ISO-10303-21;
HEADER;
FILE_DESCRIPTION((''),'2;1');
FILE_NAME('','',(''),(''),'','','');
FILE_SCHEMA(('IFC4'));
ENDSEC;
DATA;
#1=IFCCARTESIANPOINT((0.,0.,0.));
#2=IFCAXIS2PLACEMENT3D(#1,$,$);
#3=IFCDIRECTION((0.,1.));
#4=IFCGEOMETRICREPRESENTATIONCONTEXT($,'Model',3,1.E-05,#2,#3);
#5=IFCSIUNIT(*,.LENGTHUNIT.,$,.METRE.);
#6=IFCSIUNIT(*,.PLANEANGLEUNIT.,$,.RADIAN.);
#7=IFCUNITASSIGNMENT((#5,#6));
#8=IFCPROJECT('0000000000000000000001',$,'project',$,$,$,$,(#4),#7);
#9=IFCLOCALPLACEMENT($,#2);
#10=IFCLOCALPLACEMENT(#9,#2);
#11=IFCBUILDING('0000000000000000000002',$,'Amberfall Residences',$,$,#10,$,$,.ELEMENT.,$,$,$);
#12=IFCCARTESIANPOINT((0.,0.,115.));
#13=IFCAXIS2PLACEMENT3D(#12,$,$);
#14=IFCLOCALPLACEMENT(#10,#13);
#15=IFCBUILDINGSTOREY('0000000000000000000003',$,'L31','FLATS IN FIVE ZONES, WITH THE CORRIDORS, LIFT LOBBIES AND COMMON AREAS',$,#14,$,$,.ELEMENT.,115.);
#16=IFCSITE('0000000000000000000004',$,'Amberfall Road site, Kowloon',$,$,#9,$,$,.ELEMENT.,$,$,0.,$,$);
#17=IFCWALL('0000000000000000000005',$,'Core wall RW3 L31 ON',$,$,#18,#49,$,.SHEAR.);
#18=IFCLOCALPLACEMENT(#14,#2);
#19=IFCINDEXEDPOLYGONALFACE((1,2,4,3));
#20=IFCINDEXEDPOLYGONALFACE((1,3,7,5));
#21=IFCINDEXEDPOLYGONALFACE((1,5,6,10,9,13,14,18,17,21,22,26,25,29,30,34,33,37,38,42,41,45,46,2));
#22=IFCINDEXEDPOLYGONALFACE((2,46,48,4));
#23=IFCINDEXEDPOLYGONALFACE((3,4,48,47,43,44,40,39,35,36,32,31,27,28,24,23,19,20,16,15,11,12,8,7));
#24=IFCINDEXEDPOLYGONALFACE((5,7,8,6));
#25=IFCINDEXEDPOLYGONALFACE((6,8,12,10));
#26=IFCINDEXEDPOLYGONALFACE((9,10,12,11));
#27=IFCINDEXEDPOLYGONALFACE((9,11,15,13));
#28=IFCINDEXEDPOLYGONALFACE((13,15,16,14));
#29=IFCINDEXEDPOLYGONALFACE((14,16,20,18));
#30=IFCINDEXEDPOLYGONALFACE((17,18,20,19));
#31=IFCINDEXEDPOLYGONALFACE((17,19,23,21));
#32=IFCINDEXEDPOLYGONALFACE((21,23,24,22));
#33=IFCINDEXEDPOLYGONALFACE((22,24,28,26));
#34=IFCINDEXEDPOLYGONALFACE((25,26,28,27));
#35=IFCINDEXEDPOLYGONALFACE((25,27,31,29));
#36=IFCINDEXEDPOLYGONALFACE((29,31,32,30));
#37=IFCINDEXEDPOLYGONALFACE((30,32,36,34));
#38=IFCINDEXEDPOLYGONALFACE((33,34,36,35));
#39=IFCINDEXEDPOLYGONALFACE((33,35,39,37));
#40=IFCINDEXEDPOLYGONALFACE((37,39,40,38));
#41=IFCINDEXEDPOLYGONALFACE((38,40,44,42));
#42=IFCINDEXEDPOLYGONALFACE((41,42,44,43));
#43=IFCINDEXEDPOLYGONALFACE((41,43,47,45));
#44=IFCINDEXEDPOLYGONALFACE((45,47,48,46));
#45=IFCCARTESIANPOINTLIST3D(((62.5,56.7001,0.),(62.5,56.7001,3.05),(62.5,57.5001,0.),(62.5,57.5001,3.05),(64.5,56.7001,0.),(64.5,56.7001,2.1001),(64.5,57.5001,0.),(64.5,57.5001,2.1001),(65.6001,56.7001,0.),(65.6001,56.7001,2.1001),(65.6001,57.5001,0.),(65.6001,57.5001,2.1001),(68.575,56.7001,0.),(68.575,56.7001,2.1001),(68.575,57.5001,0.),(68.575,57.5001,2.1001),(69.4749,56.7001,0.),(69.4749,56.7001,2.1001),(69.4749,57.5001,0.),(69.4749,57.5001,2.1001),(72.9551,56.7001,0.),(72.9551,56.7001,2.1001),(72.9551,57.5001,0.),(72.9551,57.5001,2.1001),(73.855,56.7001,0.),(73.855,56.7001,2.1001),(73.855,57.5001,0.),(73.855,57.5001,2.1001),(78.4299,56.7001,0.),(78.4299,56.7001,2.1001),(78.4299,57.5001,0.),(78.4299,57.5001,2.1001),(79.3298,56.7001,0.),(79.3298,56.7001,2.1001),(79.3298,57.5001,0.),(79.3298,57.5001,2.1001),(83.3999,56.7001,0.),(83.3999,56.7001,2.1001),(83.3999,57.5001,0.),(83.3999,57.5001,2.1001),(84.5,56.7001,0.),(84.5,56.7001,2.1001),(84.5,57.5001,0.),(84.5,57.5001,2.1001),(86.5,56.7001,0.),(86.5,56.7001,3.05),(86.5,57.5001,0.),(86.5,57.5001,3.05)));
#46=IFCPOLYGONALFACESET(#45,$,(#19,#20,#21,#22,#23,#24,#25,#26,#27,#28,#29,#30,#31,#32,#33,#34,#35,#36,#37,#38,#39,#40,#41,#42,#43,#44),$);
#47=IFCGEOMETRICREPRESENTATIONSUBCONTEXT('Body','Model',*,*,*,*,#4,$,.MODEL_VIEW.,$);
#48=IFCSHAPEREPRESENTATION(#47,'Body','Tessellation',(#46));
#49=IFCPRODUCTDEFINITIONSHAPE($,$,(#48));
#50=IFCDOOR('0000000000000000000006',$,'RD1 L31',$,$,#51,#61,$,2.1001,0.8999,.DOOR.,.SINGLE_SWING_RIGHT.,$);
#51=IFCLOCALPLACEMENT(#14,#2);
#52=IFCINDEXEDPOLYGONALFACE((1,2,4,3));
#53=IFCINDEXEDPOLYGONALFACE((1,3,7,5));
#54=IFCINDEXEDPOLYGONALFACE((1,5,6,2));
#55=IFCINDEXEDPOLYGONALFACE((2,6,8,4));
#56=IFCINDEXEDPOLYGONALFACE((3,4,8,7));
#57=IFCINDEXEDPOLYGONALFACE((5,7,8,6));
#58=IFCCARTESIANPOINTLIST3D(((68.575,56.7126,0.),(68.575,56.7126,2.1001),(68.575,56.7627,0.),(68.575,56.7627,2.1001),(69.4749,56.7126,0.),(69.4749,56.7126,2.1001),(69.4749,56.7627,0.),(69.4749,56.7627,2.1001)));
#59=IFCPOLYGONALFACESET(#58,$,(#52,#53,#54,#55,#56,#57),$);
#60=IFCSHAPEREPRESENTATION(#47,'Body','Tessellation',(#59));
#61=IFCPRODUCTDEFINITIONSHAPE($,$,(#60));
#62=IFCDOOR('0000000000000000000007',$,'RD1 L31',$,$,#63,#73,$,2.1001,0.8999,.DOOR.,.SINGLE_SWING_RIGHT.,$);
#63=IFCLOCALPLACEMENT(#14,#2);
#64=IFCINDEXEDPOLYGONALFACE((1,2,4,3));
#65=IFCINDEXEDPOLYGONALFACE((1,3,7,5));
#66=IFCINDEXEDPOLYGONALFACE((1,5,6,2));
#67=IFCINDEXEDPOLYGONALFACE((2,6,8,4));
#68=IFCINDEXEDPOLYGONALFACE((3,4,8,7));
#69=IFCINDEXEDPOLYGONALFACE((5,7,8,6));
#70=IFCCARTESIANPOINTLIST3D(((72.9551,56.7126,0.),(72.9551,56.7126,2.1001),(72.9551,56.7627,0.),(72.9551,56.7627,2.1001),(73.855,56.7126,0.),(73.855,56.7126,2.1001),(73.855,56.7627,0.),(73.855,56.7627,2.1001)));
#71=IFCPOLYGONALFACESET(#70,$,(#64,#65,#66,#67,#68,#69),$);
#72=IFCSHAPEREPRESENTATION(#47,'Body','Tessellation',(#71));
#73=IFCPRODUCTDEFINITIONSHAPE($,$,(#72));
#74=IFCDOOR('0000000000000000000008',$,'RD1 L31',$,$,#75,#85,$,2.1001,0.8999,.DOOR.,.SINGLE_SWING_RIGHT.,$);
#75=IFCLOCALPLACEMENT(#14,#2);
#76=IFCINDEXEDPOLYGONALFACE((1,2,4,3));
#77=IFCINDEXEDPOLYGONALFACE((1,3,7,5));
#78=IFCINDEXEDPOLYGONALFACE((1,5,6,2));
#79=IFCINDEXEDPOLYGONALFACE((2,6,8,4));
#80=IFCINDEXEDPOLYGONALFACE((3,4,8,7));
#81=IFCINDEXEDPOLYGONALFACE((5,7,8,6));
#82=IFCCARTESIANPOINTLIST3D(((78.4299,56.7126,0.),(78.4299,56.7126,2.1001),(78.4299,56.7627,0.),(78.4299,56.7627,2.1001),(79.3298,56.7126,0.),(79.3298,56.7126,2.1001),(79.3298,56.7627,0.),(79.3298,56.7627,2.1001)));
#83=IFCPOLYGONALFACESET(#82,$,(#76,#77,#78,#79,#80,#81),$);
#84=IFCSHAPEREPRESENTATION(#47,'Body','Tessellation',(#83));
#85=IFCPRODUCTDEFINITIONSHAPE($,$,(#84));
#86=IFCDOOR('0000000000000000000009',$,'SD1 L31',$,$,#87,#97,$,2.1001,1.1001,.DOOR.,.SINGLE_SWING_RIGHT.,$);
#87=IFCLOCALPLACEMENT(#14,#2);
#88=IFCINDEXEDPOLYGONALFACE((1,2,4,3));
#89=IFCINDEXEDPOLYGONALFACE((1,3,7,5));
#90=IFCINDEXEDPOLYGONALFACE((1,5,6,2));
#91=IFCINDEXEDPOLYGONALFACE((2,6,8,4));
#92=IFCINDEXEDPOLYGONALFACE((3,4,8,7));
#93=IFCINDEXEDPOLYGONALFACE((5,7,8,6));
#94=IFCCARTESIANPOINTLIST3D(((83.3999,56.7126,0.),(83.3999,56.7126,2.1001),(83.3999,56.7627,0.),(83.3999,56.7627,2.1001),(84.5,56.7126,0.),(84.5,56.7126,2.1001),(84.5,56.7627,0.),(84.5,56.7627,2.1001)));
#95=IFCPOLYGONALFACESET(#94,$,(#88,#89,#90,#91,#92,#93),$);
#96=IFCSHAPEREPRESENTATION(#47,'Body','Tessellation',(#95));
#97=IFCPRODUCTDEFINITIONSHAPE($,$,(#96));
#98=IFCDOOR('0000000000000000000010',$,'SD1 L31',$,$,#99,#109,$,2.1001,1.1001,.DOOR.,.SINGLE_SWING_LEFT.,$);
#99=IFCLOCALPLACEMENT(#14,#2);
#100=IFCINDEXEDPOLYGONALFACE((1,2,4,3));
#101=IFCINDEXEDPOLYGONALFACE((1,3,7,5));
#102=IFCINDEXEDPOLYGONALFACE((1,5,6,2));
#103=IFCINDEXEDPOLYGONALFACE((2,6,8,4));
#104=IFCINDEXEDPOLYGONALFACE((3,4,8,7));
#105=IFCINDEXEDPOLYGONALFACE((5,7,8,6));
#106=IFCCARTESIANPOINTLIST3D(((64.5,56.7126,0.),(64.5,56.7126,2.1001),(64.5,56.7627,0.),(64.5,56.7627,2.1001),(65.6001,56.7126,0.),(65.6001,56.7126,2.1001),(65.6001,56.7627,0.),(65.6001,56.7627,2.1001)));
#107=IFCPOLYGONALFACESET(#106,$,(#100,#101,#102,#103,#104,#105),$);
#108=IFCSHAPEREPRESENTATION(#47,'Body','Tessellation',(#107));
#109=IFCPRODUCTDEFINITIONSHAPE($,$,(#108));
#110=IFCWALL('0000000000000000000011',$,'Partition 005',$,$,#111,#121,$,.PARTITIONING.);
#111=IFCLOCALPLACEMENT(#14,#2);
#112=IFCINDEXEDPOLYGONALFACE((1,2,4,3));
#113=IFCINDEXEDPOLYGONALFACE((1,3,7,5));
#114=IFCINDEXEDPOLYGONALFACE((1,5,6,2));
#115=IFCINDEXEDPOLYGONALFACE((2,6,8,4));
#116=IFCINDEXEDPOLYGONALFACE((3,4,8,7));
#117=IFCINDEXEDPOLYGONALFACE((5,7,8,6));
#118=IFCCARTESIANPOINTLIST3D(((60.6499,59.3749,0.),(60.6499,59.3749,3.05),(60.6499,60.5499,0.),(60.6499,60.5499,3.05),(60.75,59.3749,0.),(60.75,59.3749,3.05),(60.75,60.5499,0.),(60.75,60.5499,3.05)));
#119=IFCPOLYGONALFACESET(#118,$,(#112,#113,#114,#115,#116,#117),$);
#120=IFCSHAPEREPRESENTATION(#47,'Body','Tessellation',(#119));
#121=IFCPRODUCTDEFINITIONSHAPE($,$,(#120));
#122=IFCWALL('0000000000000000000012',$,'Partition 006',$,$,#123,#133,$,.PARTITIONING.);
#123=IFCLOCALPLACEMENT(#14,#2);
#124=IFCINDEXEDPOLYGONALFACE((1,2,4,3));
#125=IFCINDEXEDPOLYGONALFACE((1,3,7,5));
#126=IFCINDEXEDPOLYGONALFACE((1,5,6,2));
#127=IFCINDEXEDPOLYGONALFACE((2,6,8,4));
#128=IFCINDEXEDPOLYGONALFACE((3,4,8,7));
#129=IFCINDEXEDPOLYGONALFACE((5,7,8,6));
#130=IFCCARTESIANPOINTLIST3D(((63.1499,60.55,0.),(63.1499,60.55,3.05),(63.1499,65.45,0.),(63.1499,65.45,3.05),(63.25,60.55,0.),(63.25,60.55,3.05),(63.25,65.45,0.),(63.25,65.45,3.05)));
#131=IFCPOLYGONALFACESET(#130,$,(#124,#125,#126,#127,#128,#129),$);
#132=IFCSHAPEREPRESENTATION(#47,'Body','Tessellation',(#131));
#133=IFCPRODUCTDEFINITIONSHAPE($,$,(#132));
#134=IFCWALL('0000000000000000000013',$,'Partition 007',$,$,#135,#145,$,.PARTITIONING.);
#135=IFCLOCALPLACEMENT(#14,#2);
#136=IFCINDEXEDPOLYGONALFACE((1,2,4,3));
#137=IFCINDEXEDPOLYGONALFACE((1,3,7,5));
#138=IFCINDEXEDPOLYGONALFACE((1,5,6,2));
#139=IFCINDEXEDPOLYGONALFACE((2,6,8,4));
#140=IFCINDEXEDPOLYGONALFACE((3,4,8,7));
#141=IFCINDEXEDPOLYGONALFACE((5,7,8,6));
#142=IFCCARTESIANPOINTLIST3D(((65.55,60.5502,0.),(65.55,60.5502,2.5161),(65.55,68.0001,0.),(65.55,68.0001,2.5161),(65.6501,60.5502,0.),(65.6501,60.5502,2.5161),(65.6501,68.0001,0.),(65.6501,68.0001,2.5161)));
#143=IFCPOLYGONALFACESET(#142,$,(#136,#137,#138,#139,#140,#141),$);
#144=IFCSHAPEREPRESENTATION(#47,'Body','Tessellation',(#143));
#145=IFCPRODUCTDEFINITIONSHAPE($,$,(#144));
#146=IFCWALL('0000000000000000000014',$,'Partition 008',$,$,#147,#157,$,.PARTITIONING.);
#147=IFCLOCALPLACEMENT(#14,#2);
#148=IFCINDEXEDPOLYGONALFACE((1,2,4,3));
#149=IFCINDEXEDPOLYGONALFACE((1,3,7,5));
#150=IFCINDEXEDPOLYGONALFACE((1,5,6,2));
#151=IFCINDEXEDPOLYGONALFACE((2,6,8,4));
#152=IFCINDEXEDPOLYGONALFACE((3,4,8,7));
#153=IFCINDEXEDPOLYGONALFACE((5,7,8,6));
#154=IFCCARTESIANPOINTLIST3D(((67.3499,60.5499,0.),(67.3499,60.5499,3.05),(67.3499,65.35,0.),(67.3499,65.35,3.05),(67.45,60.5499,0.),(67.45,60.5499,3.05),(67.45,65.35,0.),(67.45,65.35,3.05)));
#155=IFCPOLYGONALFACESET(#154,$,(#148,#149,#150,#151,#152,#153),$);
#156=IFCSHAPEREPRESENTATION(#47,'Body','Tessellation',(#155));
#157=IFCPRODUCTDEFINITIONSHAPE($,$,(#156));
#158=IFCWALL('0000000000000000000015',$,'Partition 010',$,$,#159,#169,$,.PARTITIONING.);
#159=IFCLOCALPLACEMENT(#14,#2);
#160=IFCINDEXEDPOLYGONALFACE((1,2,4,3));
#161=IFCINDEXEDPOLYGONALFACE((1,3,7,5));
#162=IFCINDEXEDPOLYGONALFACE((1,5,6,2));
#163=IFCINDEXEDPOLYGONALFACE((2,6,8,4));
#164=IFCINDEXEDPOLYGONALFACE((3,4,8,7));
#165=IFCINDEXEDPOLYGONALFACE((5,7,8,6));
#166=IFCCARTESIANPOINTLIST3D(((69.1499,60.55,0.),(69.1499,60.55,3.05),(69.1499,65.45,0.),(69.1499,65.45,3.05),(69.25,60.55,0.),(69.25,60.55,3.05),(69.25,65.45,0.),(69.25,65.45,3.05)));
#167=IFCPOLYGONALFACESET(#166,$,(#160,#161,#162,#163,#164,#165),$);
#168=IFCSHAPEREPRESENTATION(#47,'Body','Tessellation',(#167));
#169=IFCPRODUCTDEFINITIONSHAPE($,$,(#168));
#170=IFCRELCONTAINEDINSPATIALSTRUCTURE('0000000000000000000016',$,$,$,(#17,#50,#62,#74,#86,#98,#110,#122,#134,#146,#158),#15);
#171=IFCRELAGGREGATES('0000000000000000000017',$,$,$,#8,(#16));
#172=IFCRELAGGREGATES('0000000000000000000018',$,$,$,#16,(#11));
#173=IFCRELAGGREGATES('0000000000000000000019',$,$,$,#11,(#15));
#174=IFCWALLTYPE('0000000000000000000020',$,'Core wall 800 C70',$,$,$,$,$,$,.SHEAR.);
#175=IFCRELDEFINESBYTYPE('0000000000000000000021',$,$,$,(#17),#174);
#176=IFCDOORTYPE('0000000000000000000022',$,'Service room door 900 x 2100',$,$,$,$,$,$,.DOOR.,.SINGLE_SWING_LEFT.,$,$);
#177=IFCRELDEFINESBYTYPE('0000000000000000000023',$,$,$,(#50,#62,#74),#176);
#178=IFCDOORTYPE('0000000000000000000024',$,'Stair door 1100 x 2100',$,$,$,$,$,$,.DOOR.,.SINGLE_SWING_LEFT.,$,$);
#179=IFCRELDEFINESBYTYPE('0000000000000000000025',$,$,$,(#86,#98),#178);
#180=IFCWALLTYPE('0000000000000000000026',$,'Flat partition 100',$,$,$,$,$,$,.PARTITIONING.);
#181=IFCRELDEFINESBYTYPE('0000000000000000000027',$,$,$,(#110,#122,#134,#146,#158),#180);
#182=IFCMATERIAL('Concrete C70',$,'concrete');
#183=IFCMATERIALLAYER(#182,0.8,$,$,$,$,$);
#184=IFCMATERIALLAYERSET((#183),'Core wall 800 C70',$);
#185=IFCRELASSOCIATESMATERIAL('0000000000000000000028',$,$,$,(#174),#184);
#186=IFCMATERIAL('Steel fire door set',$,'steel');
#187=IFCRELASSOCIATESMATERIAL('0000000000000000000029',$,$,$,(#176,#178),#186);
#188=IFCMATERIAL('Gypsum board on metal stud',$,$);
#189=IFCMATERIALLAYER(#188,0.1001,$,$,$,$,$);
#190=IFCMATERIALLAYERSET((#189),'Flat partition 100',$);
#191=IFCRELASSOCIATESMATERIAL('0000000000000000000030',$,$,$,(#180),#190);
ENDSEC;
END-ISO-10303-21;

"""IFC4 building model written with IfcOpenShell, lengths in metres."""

from ifc_helpers import new_model, si_unit, direction, frame, frame_2d, origin, place, context, subcontext, project, spatial, rectangle, extrude, material, layer, layer_set, type_object, element, fill, save


model = new_model("IFC4")

# Units and contexts
model_context = context("Model", 3, precision=1e-05, world=origin(), true_north=direction((0.0, 1.0)))
body_context = subcontext(model_context, "Body", "Model", "MODEL_VIEW")
ifc_project = project(units=[si_unit("LENGTHUNIT", "METRE"), si_unit("PLANEANGLEUNIT", "RADIAN")], contexts=[model_context])

# Site, building, storey
site_placement = place(None, origin())
site = spatial("IfcSite", under=ifc_project, at=site_placement, Name="Amberfall Road site, Kowloon", CompositionType="ELEMENT", RefElevation=0.0)
building_placement = place(site_placement, origin())
building = spatial("IfcBuilding", under=site, at=building_placement, Name="Amberfall Residences", CompositionType="ELEMENT")
storey_placement = place(building_placement, frame((0.0, 0.0, 115.0)))
storey = spatial("IfcBuildingStorey", under=building, at=storey_placement, Name="L31", Description="FLATS IN FIVE ZONES, WITH THE CORRIDORS, LIFT LOBBIES AND COMMON AREAS", CompositionType="ELEMENT", Elevation=115.0)

# Wall, openings, doors
ifc_material_1 = material(Name="Concrete C70", Category="concrete")
ifc_layer_1 = layer(ifc_material_1, 0.8)
ifc_layer_set_1 = layer_set([ifc_layer_1], Name="Core wall 800 C70")
wall_type_1 = type_object("IfcWallType", Name="Core wall 800 C70", PredefinedType="SHEAR", material=ifc_layer_set_1)
wall_1_placement = place(storey_placement, frame((62.5, 57.1001, 0.0), z_axis=(0.0, 0.0, 1.0), x_axis=(1.0, 0.0, 0.0)))
wall_1 = element("IfcWall", 1, at=wall_1_placement, inside=storey, type_object=wall_type_1, Name="Core wall RW3 L31 ON", PredefinedType="SHEAR", context=body_context, shape_type="SweptSolid", body=[
    extrude(rectangle(XDim=24.0, YDim=0.8, at=frame_2d((12.0, 0.0))), origin(), (0.0, 0.0, 1.0), 3.05),
])
opening_1_placement = place(wall_1_placement, frame((20.8999, 0.0, 0.0)))
opening_1 = element("IfcOpeningElement", 2, at=opening_1_placement, cuts=wall_1, PredefinedType="OPENING", context=body_context, shape_type="SweptSolid", body=[
    extrude(rectangle(XDim=1.1001, YDim=2.1001, at=frame_2d((0.55, 1.05))), frame((0.0, 0.4099, 0.0), z_axis=(0.0, -1.0, 0.0), x_axis=(1.0, 0.0, 0.0)), (0.0, 0.0, 1.0), 0.8201),
])
opening_2_placement = place(wall_1_placement, frame((2.0, 0.0, 0.0)))
opening_2 = element("IfcOpeningElement", 3, at=opening_2_placement, cuts=wall_1, PredefinedType="OPENING", context=body_context, shape_type="SweptSolid", body=[
    extrude(rectangle(XDim=1.1001, YDim=2.1001, at=frame_2d((0.55, 1.05))), frame((0.0, 0.4099, 0.0), z_axis=(0.0, -1.0, 0.0), x_axis=(1.0, 0.0, 0.0)), (0.0, 0.0, 1.0), 0.8201),
])
opening_3_placement = place(wall_1_placement, frame((6.075, 0.0, 0.0)))
opening_3 = element("IfcOpeningElement", 4, at=opening_3_placement, cuts=wall_1, PredefinedType="OPENING", context=body_context, shape_type="SweptSolid", body=[
    extrude(rectangle(XDim=0.8999, YDim=2.1001, at=frame_2d((0.45, 1.05))), frame((0.0, 0.4099, 0.0), z_axis=(0.0, -1.0, 0.0), x_axis=(1.0, 0.0, 0.0)), (0.0, 0.0, 1.0), 0.8201),
])
opening_4_placement = place(wall_1_placement, frame((10.4551, 0.0, 0.0)))
opening_4 = element("IfcOpeningElement", 5, at=opening_4_placement, cuts=wall_1, PredefinedType="OPENING", context=body_context, shape_type="SweptSolid", body=[
    extrude(rectangle(XDim=0.8999, YDim=2.1001, at=frame_2d((0.45, 1.05))), frame((0.0, 0.4099, 0.0), z_axis=(0.0, -1.0, 0.0), x_axis=(1.0, 0.0, 0.0)), (0.0, 0.0, 1.0), 0.8201),
])
opening_5_placement = place(wall_1_placement, frame((15.9299, 0.0, 0.0)))
opening_5 = element("IfcOpeningElement", 6, at=opening_5_placement, cuts=wall_1, PredefinedType="OPENING", context=body_context, shape_type="SweptSolid", body=[
    extrude(rectangle(XDim=0.8999, YDim=2.1001, at=frame_2d((0.45, 1.05))), frame((0.0, 0.4099, 0.0), z_axis=(0.0, -1.0, 0.0), x_axis=(1.0, 0.0, 0.0)), (0.0, 0.0, 1.0), 0.8201),
])
ifc_material_2 = material(Name="Steel fire door set", Category="steel")
door_type_1 = type_object("IfcDoorType", Name="Service room door 900 x 2100", OperationType="SINGLE_SWING_LEFT", PredefinedType="DOOR", material=ifc_material_2)
door_1_placement = place(opening_3_placement, origin())
door_1 = element("IfcDoor", 7, at=door_1_placement, inside=storey, type_object=door_type_1, Name="RD1 L31", OperationType="SINGLE_SWING_RIGHT", OverallHeight=2.1001, OverallWidth=0.8999, PredefinedType="DOOR", context=body_context, shape_type="SweptSolid", body=[
    extrude(rectangle(XDim=0.8999, YDim=2.1001, at=frame_2d((0.45, 1.05))), frame((0.0, -0.3374, 0.0), z_axis=(0.0, -1.0, 0.0), x_axis=(1.0, 0.0, 0.0)), (0.0, 0.0, 1.0), 0.05),
])
fill(opening_3, door_1)
door_2_placement = place(opening_4_placement, origin())
door_2 = element("IfcDoor", 8, at=door_2_placement, inside=storey, type_object=door_type_1, Name="RD1 L31", OperationType="SINGLE_SWING_RIGHT", OverallHeight=2.1001, OverallWidth=0.8999, PredefinedType="DOOR", context=body_context, shape_type="SweptSolid", body=[
    extrude(rectangle(XDim=0.8999, YDim=2.1001, at=frame_2d((0.45, 1.05))), frame((0.0, -0.3374, 0.0), z_axis=(0.0, -1.0, 0.0), x_axis=(1.0, 0.0, 0.0)), (0.0, 0.0, 1.0), 0.05),
])
fill(opening_4, door_2)
door_3_placement = place(opening_5_placement, origin())
door_3 = element("IfcDoor", 9, at=door_3_placement, inside=storey, type_object=door_type_1, Name="RD1 L31", OperationType="SINGLE_SWING_RIGHT", OverallHeight=2.1001, OverallWidth=0.8999, PredefinedType="DOOR", context=body_context, shape_type="SweptSolid", body=[
    extrude(rectangle(XDim=0.8999, YDim=2.1001, at=frame_2d((0.45, 1.05))), frame((0.0, -0.3374, 0.0), z_axis=(0.0, -1.0, 0.0), x_axis=(1.0, 0.0, 0.0)), (0.0, 0.0, 1.0), 0.05),
])
fill(opening_5, door_3)
door_type_2 = type_object("IfcDoorType", Name="Stair door 1100 x 2100", OperationType="SINGLE_SWING_LEFT", PredefinedType="DOOR", material=ifc_material_2)
door_4_placement = place(opening_1_placement, origin())
door_4 = element("IfcDoor", 10, at=door_4_placement, inside=storey, type_object=door_type_2, Name="SD1 L31", OperationType="SINGLE_SWING_RIGHT", OverallHeight=2.1001, OverallWidth=1.1001, PredefinedType="DOOR", context=body_context, shape_type="SweptSolid", body=[
    extrude(rectangle(XDim=1.1001, YDim=2.1001, at=frame_2d((0.55, 1.05))), frame((0.0, -0.3374, 0.0), z_axis=(0.0, -1.0, 0.0), x_axis=(1.0, 0.0, 0.0)), (0.0, 0.0, 1.0), 0.05),
])
fill(opening_1, door_4)
door_5_placement = place(opening_2_placement, origin())
door_5 = element("IfcDoor", 11, at=door_5_placement, inside=storey, type_object=door_type_2, Name="SD1 L31", OperationType="SINGLE_SWING_LEFT", OverallHeight=2.1001, OverallWidth=1.1001, PredefinedType="DOOR", context=body_context, shape_type="SweptSolid", body=[
    extrude(rectangle(XDim=1.1001, YDim=2.1001, at=frame_2d((0.55, 1.05))), frame((0.0, -0.3374, 0.0), z_axis=(0.0, -1.0, 0.0), x_axis=(1.0, 0.0, 0.0)), (0.0, 0.0, 1.0), 0.05),
])
fill(opening_2, door_5)

# Walls
ifc_material_3 = material(Name="Gypsum board on metal stud")
ifc_layer_2 = layer(ifc_material_3, 0.1001)
ifc_layer_set_2 = layer_set([ifc_layer_2], Name="Flat partition 100")
wall_type_2 = type_object("IfcWallType", Name="Flat partition 100", PredefinedType="PARTITIONING", material=ifc_layer_set_2)
wall_2_placement = place(storey_placement, frame((60.7, 59.375, 0.0), z_axis=(0.0, 0.0, 1.0), x_axis=(0.0, 1.0, 0.0)))
element("IfcWall", 12, at=wall_2_placement, inside=storey, type_object=wall_type_2, Name="Partition 005", PredefinedType="PARTITIONING", context=body_context, shape_type="SweptSolid", body=[
    extrude(rectangle(XDim=1.175, YDim=0.1001, at=frame_2d((0.5874, 0.0))), origin(), (0.0, 0.0, 1.0), 3.05),
])
wall_3_placement = place(storey_placement, frame((63.2, 60.55, 0.0), z_axis=(0.0, 0.0, 1.0), x_axis=(0.0, 1.0, 0.0)))
element("IfcWall", 13, at=wall_3_placement, inside=storey, type_object=wall_type_2, Name="Partition 006", PredefinedType="PARTITIONING", context=body_context, shape_type="SweptSolid", body=[
    extrude(rectangle(XDim=4.8999, YDim=0.1001, at=frame_2d((2.45, 0.0))), origin(), (0.0, 0.0, 1.0), 3.05),
])
wall_4_placement = place(storey_placement, frame((65.6001, 60.55, 0.0), z_axis=(0.0, 0.0, 1.0), x_axis=(0.0, 1.0, 0.0)))
element("IfcWall", 14, at=wall_4_placement, inside=storey, type_object=wall_type_2, Name="Partition 007", PredefinedType="PARTITIONING", context=body_context, shape_type="SweptSolid", body=[
    extrude(rectangle(XDim=7.45, YDim=0.1001, at=frame_2d((3.7251, 0.0))), origin(), (0.0, 0.0, 1.0), 2.5161),
])
wall_5_placement = place(storey_placement, frame((67.3999, 60.55, 0.0), z_axis=(0.0, 0.0, 1.0), x_axis=(0.0, 1.0, 0.0)))
element("IfcWall", 15, at=wall_5_placement, inside=storey, type_object=wall_type_2, Name="Partition 008", PredefinedType="PARTITIONING", context=body_context, shape_type="SweptSolid", body=[
    extrude(rectangle(XDim=4.8, YDim=0.1001, at=frame_2d((2.3999, 0.0))), origin(), (0.0, 0.0, 1.0), 3.05),
])
wall_6_placement = place(storey_placement, frame((69.2, 60.55, 0.0), z_axis=(0.0, 0.0, 1.0), x_axis=(0.0, 1.0, 0.0)))
element("IfcWall", 16, at=wall_6_placement, inside=storey, type_object=wall_type_2, Name="Partition 010", PredefinedType="PARTITIONING", context=body_context, shape_type="SweptSolid", body=[
    extrude(rectangle(XDim=4.8999, YDim=0.1001, at=frame_2d((2.45, 0.0))), origin(), (0.0, 0.0, 1.0), 3.05),
])

save(model, "model.ifc")
